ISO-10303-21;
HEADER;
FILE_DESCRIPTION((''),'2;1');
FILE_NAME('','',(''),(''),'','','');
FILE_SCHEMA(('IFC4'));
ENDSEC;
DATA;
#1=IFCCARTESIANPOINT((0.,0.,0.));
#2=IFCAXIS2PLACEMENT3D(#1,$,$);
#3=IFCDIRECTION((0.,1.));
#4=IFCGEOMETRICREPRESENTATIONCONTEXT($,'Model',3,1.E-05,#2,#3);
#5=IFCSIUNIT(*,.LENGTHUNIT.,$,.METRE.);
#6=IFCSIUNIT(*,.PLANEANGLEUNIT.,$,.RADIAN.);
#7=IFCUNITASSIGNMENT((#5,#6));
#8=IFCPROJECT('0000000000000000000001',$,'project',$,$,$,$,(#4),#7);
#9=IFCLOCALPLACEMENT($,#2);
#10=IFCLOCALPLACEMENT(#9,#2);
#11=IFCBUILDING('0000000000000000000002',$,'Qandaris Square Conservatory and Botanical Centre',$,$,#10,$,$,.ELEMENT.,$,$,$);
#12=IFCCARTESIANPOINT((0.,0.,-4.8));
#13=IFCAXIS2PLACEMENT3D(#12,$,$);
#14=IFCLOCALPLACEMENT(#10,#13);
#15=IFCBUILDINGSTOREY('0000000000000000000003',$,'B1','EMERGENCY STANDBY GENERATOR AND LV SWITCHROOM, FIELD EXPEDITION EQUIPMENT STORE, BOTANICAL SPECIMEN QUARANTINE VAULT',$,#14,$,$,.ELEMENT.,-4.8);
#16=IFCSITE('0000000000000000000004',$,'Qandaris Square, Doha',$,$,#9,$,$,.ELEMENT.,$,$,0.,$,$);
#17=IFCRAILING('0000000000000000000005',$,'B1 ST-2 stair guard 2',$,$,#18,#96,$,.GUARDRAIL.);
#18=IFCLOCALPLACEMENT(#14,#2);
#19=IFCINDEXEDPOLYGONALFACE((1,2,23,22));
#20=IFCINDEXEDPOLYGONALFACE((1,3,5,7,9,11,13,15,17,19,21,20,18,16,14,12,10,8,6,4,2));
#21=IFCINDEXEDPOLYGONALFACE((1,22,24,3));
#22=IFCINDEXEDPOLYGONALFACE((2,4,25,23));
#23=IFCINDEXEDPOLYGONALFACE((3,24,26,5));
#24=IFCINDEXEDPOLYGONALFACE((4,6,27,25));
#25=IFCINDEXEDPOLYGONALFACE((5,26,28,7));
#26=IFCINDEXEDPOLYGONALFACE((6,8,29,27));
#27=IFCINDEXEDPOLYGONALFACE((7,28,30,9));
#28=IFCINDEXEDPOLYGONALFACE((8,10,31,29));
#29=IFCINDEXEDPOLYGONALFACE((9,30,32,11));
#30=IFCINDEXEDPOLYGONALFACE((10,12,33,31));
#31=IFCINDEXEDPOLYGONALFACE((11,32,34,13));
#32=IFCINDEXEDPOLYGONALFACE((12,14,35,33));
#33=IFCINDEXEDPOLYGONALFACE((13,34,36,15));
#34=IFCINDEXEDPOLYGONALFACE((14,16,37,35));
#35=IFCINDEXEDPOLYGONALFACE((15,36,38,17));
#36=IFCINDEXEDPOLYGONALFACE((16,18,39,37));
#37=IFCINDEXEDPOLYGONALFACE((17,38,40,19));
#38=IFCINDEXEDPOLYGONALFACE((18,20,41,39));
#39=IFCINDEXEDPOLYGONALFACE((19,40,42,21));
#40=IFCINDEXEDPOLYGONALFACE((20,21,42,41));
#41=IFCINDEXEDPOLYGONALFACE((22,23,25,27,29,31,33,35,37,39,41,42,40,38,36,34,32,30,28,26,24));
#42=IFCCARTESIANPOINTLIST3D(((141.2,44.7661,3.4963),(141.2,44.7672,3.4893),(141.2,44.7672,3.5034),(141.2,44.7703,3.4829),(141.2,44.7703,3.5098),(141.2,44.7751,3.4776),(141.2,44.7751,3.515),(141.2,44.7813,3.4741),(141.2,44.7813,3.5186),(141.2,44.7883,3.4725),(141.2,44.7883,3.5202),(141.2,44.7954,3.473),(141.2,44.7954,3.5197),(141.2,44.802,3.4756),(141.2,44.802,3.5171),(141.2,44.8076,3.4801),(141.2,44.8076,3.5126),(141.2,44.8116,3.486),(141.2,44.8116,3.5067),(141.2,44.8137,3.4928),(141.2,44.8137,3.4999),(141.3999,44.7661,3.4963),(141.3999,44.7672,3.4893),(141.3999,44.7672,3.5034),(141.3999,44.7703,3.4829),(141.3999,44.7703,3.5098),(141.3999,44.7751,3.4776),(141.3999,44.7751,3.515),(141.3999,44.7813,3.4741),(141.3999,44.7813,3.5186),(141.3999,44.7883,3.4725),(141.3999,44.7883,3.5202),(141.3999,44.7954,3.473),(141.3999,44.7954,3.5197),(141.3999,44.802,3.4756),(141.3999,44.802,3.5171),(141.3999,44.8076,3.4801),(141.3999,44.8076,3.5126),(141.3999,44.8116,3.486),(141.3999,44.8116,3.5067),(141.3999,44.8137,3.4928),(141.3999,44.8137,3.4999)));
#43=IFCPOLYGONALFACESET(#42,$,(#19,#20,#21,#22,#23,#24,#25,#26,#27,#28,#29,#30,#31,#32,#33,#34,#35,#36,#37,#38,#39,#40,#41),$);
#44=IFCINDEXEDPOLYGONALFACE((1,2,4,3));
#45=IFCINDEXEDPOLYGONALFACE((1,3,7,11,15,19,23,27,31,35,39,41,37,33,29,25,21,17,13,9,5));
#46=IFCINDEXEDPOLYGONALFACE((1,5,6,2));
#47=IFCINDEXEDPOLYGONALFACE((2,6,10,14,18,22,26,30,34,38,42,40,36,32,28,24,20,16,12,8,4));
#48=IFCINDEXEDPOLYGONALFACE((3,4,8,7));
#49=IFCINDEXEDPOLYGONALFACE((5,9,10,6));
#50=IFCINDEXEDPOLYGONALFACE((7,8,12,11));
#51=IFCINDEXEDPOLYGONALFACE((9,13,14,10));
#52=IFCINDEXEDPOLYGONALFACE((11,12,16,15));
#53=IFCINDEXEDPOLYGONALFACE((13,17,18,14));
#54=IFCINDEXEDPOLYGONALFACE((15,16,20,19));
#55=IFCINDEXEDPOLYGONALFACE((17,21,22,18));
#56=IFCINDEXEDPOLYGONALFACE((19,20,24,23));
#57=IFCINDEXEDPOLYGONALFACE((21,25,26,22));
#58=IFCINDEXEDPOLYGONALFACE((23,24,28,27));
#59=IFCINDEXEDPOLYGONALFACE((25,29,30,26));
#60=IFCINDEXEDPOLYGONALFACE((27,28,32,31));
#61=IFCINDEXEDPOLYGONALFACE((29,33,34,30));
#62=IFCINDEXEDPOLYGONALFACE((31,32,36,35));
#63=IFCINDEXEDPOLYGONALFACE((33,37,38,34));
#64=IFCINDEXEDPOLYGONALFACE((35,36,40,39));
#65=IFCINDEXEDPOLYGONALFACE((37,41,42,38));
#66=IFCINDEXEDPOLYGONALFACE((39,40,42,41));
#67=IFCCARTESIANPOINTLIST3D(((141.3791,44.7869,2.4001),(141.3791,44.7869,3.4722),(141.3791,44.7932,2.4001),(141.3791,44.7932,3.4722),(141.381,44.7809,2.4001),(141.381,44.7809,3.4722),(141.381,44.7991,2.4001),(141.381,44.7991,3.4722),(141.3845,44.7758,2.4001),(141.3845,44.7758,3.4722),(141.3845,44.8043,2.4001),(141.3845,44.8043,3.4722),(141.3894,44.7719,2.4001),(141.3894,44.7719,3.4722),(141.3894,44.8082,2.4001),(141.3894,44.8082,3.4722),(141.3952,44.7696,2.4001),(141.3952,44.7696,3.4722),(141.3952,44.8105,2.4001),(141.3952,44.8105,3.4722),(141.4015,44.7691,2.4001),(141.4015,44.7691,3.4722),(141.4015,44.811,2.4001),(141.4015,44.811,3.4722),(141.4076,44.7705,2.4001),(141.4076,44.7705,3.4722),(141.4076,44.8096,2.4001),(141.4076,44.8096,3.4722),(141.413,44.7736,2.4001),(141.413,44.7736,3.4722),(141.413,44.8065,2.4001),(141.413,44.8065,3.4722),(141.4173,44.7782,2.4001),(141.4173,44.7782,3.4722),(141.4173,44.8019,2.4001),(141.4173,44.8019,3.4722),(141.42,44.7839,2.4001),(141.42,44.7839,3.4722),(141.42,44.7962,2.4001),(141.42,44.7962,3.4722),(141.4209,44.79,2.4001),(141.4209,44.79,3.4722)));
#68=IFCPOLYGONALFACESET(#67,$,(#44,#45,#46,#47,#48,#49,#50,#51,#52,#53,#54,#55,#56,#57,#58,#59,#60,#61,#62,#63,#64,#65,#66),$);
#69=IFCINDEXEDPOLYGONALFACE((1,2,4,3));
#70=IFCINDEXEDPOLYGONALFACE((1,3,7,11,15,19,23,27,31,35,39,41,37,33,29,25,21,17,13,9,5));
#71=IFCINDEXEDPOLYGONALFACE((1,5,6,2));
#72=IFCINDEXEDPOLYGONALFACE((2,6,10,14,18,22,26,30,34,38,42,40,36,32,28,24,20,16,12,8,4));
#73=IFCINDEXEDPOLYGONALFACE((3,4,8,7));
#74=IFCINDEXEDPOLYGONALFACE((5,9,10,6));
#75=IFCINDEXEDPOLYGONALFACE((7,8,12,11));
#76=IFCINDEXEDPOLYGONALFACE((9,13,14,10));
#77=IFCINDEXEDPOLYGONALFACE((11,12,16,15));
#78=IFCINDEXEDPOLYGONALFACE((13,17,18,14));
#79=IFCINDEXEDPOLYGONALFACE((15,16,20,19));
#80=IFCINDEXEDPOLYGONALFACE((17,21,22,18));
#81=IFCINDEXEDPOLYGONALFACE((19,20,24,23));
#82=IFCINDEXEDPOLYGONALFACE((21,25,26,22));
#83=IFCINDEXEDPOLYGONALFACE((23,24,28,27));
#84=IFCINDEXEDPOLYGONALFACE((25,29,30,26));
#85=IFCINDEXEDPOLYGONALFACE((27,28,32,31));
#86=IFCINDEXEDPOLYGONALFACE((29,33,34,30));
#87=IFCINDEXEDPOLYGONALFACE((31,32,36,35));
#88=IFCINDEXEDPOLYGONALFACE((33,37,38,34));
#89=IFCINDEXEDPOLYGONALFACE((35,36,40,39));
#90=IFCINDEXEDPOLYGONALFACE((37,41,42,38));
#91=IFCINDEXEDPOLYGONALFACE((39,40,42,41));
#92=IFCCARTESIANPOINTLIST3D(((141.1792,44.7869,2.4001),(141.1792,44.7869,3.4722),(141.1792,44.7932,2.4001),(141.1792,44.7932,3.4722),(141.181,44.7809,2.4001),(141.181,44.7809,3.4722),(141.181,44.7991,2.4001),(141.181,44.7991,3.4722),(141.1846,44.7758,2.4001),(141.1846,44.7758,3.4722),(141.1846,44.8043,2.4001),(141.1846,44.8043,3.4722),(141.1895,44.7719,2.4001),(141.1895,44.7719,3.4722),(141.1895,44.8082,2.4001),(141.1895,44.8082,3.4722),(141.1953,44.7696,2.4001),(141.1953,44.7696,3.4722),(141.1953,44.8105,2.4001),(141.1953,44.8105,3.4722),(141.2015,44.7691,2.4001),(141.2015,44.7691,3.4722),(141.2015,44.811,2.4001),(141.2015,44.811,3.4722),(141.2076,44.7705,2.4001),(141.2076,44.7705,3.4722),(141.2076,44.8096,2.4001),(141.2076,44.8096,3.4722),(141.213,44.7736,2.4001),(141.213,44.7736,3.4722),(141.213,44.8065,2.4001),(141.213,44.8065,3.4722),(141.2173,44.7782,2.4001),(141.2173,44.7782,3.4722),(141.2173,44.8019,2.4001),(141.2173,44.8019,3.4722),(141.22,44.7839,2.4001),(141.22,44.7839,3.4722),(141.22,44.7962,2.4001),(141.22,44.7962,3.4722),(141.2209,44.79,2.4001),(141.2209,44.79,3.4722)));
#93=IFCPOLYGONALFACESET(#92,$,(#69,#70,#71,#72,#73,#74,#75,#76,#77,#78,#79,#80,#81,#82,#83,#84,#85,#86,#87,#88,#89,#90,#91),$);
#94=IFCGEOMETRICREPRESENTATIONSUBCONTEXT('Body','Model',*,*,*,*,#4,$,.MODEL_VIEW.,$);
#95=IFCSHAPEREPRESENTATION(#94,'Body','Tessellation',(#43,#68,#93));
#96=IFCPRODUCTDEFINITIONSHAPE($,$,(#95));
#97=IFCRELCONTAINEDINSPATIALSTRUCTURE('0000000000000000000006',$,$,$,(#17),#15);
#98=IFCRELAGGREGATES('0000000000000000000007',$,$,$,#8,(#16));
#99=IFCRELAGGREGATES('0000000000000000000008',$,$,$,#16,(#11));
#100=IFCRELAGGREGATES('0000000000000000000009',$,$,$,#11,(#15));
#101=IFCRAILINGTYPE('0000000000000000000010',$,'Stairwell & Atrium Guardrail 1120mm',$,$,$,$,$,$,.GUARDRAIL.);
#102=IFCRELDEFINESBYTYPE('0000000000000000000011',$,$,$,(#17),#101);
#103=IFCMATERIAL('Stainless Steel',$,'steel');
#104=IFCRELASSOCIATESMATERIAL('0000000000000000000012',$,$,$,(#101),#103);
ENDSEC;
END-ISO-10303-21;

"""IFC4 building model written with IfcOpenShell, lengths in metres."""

from ifc_helpers import new_model, si_unit, direction, frame, origin, origin_2d, place, context, subcontext, project, spatial, circle, extrude, material, type_object, element, save


model = new_model("IFC4")

# Units and contexts
model_context = context("Model", 3, precision=1e-05, world=origin(), true_north=direction((0.0, 1.0)))
body_context = subcontext(model_context, "Body", "Model", "MODEL_VIEW")
ifc_project = project(units=[si_unit("LENGTHUNIT", "METRE"), si_unit("PLANEANGLEUNIT", "RADIAN")], contexts=[model_context])

# Site, building, storey
site_placement = place(None, origin())
site = spatial("IfcSite", under=ifc_project, at=site_placement, Name="Qandaris Square, Doha", CompositionType="ELEMENT", RefElevation=0.0)
building_placement = place(site_placement, origin())
building = spatial("IfcBuilding", under=site, at=building_placement, Name="Qandaris Square Conservatory and Botanical Centre", CompositionType="ELEMENT")
storey_placement = place(building_placement, frame((0.0, 0.0, -4.8)))
storey = spatial("IfcBuildingStorey", under=building, at=storey_placement, Name="B1", Description="EMERGENCY STANDBY GENERATOR AND LV SWITCHROOM, FIELD EXPEDITION EQUIPMENT STORE, BOTANICAL SPECIMEN QUARANTINE VAULT", CompositionType="ELEMENT", Elevation=-4.8)

# Railing
ifc_material_1 = material(Name="Stainless Steel", Category="steel")
railing_type_1 = type_object("IfcRailingType", Name="Stairwell & Atrium Guardrail 1120mm", PredefinedType="GUARDRAIL", material=ifc_material_1)
railing_1_placement = place(storey_placement, frame((141.3999, 44.79, 2.4001)))
element("IfcRailing", 1, at=railing_1_placement, inside=storey, type_object=railing_type_1, Name="B1 ST-2 stair guard 2", PredefinedType="GUARDRAIL", context=body_context, shape_type="SweptSolid", body=[
    extrude(circle(Radius=0.0239, at=origin_2d()), frame((0.0, 0.0, 1.0962), z_axis=(-1.0, 0.0, 0.0), x_axis=(0.0, -1.0, 0.0)), (0.0, 0.0, 1.0), 0.2),
    extrude(circle(Radius=0.021, at=origin_2d()), origin(), (0.0, 0.0, 1.0), 1.072),
    extrude(circle(Radius=0.021, at=origin_2d()), frame((-0.2, 0.0, 0.0)), (0.0, 0.0, 1.0), 1.072),
])

save(model, "model.ifc")
